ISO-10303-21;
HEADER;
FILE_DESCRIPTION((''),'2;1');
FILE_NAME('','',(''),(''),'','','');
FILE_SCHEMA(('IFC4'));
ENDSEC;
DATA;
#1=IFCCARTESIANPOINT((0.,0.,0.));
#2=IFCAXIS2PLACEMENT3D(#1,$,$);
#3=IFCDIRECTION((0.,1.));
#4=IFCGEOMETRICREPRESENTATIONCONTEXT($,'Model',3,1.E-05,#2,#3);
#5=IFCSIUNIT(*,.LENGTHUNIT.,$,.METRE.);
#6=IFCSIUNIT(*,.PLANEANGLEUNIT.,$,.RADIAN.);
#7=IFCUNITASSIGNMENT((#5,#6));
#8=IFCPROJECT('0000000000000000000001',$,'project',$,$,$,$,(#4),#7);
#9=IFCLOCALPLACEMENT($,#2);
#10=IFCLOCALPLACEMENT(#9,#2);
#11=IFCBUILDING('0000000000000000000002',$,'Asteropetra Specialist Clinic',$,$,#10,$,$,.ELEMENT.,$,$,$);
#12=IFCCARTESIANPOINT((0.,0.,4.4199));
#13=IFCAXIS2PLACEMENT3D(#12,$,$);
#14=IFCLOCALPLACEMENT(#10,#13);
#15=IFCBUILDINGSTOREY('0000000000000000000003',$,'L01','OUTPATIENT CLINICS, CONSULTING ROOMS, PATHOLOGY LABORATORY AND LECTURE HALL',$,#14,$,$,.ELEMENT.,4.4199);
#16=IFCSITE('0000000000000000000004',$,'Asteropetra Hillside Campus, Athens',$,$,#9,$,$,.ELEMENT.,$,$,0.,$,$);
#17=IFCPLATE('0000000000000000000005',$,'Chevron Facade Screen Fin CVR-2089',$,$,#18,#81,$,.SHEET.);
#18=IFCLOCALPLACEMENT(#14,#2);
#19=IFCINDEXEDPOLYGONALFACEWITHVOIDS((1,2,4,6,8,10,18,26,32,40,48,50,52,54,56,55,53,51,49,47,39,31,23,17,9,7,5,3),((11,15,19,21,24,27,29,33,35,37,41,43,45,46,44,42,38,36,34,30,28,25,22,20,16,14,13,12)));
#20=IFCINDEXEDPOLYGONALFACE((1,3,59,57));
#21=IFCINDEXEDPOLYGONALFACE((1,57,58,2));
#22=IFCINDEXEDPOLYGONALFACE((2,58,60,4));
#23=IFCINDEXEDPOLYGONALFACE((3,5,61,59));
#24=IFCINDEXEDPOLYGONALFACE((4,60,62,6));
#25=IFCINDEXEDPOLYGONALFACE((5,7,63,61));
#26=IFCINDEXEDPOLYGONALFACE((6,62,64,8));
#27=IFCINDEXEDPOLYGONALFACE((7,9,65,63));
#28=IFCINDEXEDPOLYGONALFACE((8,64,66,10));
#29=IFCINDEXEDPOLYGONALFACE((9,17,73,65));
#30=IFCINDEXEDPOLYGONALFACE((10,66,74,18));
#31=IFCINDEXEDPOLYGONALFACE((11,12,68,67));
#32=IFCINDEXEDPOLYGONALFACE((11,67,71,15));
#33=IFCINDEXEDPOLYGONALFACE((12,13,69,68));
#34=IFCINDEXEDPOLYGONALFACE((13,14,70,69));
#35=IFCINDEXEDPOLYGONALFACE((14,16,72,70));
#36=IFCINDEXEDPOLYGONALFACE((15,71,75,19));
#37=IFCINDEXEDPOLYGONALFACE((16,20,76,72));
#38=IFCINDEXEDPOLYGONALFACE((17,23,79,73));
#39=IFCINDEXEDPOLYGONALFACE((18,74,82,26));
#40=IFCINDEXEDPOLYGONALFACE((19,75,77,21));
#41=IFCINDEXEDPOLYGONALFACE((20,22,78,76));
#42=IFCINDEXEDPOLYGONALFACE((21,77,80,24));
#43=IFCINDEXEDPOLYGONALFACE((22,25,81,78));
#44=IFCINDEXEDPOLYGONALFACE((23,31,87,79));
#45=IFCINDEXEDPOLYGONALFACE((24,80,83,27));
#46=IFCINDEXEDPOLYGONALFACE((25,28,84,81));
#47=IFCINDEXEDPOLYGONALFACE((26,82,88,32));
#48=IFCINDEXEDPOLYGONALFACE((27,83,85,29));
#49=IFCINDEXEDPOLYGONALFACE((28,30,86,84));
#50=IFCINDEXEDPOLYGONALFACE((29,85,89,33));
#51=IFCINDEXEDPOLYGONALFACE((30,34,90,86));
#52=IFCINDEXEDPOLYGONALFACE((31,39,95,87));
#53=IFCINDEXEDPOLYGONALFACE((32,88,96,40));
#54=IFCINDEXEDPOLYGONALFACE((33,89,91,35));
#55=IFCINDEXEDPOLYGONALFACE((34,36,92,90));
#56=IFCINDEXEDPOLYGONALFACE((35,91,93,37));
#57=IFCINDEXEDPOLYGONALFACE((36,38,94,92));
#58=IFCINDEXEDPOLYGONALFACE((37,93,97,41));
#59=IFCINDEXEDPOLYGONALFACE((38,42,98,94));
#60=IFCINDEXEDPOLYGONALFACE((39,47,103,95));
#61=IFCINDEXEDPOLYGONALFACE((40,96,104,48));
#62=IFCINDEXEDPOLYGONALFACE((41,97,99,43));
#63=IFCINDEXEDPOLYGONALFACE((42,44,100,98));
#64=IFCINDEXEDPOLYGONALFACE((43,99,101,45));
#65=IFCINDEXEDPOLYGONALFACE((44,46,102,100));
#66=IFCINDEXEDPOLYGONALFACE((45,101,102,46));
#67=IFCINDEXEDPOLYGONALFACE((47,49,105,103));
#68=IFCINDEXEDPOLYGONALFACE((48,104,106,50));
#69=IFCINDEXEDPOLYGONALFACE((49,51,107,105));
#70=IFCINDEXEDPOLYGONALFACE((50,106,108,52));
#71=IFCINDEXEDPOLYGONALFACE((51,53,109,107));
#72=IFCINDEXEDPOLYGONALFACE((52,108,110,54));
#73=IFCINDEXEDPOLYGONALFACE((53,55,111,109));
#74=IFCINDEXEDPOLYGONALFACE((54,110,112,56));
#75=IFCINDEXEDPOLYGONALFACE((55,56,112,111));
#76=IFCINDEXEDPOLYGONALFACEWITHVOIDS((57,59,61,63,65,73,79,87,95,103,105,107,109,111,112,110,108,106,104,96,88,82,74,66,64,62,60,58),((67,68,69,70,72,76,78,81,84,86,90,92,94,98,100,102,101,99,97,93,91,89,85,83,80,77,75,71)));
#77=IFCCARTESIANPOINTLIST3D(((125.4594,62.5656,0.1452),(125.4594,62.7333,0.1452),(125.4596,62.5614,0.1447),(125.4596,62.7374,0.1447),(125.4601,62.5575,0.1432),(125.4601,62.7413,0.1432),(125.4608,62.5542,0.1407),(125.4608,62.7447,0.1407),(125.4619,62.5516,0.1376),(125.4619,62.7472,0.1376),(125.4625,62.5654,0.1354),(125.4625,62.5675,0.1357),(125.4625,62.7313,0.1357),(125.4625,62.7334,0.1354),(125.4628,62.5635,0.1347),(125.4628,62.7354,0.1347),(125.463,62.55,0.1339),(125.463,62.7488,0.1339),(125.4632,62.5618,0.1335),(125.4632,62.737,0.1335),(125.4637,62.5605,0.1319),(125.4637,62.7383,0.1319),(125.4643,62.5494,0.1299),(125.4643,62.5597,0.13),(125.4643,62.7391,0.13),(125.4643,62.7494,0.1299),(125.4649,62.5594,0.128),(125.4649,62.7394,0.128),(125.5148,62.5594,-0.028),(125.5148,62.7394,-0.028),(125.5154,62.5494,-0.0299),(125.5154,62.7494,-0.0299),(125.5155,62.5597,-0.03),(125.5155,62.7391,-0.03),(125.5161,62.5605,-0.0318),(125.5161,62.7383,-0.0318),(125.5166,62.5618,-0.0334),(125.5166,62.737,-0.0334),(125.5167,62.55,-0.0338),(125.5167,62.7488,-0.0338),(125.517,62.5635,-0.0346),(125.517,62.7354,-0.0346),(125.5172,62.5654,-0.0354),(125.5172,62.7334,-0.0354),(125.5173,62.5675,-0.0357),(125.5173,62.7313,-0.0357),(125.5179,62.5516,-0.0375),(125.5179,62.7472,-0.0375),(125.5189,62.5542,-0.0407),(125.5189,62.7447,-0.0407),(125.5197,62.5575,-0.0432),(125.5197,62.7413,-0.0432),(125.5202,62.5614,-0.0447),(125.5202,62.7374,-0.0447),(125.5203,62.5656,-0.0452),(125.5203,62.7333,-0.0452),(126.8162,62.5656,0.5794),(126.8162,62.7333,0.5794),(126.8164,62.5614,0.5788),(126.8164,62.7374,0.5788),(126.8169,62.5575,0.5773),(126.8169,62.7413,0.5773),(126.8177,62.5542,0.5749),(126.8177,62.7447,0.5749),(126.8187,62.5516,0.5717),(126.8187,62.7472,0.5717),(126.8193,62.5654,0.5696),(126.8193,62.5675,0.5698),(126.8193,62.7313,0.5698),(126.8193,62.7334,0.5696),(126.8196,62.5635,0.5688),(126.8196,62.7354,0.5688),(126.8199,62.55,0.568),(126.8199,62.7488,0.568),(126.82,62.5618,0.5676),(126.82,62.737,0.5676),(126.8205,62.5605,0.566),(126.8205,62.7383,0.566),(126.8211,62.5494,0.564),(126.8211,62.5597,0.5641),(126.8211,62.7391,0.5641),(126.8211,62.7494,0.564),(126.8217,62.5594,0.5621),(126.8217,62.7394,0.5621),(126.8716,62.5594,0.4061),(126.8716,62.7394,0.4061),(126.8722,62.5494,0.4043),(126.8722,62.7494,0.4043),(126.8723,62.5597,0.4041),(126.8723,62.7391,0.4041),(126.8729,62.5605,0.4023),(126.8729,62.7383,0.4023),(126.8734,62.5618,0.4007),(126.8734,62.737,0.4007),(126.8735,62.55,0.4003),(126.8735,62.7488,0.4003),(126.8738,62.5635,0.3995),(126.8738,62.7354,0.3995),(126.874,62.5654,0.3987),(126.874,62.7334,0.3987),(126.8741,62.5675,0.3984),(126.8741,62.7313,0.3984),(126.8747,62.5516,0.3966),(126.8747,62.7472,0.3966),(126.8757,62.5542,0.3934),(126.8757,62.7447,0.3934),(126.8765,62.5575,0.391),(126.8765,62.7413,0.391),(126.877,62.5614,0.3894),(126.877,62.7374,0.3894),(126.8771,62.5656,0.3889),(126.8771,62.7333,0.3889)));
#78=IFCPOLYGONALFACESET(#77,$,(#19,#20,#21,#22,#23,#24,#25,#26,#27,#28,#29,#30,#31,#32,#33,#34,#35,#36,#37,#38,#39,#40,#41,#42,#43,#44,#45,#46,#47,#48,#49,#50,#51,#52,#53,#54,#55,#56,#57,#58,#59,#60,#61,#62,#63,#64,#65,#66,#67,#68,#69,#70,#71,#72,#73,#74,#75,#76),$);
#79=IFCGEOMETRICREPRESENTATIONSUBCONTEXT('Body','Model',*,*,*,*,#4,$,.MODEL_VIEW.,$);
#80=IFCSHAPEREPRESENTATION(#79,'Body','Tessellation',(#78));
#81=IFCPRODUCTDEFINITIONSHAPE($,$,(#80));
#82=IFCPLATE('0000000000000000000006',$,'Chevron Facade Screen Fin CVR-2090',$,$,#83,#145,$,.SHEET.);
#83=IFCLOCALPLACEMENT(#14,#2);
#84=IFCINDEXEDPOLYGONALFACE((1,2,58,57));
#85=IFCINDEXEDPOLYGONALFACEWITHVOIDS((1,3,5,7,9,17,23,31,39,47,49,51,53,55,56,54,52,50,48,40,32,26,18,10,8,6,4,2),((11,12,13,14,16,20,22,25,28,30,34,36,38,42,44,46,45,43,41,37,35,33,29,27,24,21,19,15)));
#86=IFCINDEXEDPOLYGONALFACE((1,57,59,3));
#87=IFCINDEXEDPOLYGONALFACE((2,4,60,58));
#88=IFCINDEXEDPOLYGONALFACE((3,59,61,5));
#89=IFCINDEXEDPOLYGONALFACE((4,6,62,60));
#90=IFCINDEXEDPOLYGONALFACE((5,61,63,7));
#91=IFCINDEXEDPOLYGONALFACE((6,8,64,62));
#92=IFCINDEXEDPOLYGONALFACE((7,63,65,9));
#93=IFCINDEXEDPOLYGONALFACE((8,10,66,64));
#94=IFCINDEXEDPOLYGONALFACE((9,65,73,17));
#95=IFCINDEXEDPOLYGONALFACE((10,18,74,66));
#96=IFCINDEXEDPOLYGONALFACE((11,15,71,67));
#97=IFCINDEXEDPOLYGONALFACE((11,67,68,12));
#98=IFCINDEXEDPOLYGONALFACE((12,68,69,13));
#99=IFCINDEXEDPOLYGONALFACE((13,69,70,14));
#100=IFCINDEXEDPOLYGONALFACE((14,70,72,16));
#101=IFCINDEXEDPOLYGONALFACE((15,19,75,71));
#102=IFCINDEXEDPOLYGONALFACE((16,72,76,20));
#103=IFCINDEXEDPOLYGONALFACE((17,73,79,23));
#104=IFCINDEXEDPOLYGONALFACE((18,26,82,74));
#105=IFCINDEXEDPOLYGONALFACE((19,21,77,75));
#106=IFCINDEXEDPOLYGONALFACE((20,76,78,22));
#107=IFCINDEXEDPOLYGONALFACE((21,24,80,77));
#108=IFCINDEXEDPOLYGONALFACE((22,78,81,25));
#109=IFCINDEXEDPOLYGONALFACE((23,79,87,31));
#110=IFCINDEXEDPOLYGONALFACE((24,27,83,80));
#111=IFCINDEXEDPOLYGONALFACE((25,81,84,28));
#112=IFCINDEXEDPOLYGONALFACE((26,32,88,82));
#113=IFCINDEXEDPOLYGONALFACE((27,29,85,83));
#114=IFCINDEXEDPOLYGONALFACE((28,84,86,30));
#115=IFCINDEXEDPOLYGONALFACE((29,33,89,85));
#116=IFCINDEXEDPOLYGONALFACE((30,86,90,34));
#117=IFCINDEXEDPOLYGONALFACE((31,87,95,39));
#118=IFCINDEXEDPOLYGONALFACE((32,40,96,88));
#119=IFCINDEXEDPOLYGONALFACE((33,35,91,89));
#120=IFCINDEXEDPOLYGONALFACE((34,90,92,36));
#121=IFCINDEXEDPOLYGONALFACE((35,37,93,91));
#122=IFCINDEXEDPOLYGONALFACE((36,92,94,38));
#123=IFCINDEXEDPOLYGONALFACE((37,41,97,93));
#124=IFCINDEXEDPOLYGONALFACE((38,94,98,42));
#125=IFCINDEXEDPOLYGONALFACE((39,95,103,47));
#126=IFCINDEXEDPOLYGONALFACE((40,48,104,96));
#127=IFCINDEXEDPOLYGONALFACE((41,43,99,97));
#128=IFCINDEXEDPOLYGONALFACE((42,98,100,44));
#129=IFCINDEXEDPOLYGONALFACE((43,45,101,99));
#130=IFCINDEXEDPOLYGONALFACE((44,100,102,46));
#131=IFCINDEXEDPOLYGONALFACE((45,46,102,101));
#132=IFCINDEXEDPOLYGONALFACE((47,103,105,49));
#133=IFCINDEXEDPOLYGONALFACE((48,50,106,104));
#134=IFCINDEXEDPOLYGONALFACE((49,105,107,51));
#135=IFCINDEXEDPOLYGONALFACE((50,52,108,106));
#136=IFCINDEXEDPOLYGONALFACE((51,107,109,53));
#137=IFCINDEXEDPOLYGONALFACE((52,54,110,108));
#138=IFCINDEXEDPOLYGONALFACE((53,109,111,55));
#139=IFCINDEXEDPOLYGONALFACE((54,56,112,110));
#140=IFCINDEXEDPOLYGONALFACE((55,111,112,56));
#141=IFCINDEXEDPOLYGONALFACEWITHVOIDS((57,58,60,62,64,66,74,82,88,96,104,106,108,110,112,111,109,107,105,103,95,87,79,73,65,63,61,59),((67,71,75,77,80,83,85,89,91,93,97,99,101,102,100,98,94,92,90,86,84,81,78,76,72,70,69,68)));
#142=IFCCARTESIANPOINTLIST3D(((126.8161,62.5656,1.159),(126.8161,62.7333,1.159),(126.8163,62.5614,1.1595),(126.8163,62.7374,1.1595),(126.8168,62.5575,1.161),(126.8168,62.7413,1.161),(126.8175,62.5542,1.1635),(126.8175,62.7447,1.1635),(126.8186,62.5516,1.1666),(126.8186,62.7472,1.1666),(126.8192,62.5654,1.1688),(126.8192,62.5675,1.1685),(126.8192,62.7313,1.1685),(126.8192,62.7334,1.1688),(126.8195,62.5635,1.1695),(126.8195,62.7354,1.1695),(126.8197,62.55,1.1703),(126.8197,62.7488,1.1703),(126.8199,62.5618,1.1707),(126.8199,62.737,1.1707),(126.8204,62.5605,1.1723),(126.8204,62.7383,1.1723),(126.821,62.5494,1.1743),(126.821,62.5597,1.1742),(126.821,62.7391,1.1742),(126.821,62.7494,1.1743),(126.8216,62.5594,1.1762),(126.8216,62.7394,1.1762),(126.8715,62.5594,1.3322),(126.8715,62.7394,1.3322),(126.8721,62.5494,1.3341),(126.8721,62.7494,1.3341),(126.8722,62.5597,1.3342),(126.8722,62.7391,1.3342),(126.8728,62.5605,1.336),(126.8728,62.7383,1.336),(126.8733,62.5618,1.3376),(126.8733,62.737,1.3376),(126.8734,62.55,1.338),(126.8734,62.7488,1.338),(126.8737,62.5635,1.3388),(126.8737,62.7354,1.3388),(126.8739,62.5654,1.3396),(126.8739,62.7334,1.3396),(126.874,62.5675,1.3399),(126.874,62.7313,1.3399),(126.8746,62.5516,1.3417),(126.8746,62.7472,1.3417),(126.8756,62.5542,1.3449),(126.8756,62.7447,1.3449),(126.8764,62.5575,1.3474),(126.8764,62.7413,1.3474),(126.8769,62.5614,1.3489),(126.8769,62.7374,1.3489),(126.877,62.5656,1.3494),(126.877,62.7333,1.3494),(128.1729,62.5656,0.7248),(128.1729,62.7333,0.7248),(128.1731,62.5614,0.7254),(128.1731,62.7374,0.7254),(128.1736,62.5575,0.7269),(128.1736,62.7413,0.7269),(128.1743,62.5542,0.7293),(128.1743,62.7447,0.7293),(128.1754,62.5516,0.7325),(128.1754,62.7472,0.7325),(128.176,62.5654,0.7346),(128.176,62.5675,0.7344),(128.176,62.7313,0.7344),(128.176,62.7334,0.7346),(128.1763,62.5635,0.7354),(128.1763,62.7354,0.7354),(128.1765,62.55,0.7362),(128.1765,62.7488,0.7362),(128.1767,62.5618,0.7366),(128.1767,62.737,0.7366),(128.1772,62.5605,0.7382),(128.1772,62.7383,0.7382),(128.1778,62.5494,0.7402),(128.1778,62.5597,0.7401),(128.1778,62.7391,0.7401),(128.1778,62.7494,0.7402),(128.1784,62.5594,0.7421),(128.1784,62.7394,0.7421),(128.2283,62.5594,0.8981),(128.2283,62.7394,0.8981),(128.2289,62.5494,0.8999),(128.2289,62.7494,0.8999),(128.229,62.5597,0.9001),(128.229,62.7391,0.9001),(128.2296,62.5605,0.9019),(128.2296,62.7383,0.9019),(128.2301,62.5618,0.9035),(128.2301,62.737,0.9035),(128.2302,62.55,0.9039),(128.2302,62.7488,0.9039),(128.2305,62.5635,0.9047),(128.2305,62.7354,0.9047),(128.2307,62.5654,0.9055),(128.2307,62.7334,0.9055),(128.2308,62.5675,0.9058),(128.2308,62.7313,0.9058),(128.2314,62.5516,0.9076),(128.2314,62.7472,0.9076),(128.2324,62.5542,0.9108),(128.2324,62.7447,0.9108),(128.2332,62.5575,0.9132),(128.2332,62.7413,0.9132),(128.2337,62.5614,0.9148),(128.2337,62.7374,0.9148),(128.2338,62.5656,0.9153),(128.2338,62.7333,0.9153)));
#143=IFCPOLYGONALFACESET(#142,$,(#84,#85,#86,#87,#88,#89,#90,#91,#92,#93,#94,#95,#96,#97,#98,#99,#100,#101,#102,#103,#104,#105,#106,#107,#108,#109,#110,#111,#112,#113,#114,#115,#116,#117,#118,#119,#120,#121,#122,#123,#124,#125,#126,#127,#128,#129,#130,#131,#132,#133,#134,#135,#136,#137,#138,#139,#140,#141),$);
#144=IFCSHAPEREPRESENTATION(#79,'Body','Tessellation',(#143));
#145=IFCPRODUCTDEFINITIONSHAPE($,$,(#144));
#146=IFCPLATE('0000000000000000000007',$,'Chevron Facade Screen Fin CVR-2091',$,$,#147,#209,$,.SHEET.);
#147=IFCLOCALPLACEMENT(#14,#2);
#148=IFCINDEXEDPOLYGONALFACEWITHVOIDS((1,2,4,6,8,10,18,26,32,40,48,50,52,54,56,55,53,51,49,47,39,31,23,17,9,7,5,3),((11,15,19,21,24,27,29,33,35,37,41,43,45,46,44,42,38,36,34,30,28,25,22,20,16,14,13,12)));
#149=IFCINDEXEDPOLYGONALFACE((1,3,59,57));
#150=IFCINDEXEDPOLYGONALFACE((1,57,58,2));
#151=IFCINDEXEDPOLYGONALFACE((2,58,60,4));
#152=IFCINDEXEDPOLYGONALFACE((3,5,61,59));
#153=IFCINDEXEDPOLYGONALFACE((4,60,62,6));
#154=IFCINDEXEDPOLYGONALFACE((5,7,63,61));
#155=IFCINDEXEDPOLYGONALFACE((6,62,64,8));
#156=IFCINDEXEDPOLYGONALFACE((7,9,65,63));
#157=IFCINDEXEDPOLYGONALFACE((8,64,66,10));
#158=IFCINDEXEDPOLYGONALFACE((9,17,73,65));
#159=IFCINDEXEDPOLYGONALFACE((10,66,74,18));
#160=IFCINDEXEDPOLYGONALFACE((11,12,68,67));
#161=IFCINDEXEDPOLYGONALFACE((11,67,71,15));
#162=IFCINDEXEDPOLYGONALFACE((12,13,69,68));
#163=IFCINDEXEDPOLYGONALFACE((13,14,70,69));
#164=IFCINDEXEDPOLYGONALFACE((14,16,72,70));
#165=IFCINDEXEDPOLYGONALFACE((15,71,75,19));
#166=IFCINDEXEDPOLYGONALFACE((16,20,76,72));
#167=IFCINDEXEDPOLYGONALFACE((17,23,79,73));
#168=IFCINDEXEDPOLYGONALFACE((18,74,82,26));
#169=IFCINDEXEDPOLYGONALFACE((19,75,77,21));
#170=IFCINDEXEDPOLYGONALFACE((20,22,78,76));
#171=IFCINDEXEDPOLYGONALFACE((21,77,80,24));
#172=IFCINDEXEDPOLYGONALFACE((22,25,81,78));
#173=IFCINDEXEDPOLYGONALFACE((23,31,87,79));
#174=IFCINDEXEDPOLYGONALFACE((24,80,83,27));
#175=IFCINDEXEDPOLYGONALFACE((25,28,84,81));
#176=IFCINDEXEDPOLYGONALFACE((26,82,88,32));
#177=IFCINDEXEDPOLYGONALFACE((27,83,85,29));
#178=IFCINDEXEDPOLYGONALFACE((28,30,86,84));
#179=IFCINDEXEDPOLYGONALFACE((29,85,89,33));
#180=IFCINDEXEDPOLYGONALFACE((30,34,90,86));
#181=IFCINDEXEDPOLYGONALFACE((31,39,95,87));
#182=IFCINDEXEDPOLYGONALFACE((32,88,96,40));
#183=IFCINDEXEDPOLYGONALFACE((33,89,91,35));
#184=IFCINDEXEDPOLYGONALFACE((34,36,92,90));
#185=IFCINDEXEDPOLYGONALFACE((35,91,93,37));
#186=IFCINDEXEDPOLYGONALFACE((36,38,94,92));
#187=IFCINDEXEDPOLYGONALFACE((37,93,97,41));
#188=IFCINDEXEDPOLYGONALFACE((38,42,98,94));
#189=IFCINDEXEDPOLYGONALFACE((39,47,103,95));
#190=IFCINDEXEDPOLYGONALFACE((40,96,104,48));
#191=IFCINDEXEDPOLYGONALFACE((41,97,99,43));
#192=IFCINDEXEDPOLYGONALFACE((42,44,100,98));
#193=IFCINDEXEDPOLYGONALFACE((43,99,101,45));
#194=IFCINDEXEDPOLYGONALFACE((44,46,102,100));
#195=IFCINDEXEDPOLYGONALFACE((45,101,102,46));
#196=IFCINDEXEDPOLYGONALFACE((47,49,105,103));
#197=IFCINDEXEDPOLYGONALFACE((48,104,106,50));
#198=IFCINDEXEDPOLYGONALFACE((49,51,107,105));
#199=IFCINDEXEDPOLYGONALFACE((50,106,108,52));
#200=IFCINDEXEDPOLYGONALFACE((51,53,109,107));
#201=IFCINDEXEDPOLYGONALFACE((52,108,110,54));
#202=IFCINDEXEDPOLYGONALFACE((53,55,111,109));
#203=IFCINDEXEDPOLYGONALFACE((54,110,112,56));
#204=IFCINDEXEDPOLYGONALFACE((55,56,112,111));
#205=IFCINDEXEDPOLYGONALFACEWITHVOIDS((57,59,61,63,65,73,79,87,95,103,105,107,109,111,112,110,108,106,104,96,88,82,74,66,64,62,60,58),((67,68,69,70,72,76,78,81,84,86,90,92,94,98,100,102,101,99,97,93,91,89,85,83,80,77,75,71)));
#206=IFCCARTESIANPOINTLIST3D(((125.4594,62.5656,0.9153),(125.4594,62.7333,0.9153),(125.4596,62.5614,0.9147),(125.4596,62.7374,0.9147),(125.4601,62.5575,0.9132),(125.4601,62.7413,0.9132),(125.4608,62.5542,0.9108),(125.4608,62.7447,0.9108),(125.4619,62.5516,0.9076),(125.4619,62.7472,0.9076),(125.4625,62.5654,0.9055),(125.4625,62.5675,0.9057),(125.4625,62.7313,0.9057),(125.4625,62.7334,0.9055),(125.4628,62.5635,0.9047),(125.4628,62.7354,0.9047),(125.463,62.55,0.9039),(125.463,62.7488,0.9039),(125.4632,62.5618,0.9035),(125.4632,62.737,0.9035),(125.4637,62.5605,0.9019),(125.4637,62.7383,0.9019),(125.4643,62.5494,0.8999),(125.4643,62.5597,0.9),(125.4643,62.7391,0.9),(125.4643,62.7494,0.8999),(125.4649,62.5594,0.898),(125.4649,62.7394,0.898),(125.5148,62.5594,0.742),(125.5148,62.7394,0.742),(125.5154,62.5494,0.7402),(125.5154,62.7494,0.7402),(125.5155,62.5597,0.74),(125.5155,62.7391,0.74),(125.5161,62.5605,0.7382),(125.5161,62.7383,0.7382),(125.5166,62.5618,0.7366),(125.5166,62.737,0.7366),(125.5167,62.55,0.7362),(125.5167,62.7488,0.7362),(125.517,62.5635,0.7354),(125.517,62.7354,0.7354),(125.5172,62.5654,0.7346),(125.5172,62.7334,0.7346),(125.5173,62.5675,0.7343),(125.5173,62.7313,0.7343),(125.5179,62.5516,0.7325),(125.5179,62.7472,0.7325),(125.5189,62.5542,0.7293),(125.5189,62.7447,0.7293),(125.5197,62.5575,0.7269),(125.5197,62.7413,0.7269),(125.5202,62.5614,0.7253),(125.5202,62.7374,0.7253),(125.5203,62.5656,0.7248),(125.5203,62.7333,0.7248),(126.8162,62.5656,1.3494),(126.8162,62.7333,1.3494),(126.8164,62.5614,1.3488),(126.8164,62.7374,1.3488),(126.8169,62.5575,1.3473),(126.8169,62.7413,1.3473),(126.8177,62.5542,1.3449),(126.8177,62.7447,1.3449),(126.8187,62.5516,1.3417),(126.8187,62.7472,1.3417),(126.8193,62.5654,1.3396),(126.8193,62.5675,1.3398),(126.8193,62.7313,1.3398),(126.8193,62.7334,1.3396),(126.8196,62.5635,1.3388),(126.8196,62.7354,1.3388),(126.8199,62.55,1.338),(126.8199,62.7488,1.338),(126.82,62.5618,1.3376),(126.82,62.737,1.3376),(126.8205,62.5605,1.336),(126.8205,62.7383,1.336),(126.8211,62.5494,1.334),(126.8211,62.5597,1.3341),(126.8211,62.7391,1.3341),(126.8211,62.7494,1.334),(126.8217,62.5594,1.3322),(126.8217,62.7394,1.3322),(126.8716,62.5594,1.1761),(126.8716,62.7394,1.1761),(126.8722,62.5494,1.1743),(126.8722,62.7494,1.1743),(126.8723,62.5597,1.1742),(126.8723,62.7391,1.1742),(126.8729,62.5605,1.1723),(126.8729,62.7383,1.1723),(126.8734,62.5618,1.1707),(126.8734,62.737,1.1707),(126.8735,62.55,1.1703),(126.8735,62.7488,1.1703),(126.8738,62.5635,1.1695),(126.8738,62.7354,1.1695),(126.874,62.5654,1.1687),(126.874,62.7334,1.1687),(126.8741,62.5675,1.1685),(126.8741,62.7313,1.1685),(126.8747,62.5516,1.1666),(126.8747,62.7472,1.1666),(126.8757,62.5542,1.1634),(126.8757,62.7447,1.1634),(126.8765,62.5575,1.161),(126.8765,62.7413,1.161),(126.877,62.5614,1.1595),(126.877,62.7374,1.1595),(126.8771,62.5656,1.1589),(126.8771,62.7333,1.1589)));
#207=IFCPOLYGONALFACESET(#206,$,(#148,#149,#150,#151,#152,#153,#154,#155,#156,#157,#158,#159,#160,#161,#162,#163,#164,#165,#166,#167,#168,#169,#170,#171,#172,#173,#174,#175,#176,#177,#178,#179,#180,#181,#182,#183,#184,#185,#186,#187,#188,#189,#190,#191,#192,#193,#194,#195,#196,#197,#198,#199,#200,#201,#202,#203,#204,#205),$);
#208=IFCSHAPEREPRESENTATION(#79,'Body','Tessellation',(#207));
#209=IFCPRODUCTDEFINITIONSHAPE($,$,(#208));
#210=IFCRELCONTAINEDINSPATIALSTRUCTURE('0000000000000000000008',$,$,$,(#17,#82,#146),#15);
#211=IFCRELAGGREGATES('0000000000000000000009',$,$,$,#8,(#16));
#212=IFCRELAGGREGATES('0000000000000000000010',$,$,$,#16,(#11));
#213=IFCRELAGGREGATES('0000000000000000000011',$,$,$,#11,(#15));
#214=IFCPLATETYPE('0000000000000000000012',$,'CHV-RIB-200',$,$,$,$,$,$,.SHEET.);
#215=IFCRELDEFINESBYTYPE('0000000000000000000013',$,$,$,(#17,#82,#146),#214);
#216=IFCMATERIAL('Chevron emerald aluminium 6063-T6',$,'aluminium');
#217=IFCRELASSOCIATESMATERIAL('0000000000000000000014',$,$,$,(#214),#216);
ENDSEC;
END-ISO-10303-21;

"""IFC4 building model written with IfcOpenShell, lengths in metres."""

from ifc_helpers import new_model, si_unit, direction, frame, origin, origin_2d, place, context, subcontext, project, spatial, hollow_rectangle, extrude, material, material_profile, profile_set, type_object, element, save


model = new_model("IFC4")

# Units and contexts
model_context = context("Model", 3, precision=1e-05, world=origin(), true_north=direction((0.0, 1.0)))
body_context = subcontext(model_context, "Body", "Model", "MODEL_VIEW")
ifc_project = project(units=[si_unit("LENGTHUNIT", "METRE"), si_unit("PLANEANGLEUNIT", "RADIAN")], contexts=[model_context])

# Site, building, storey
site_placement = place(None, origin())
site = spatial("IfcSite", under=ifc_project, at=site_placement, Name="Asteropetra Hillside Campus, Athens", CompositionType="ELEMENT", RefElevation=0.0)
building_placement = place(site_placement, origin())
building = spatial("IfcBuilding", under=site, at=building_placement, Name="Asteropetra Specialist Clinic", CompositionType="ELEMENT")
storey_placement = place(building_placement, frame((0.0, 0.0, 4.4199)))
storey = spatial("IfcBuildingStorey", under=building, at=storey_placement, Name="L01", Description="OUTPATIENT CLINICS, CONSULTING ROOMS, PATHOLOGY LABORATORY AND LECTURE HALL", CompositionType="ELEMENT", Elevation=4.4199)

# Plates
ifc_material_1 = material(Name="Chevron emerald aluminium 6063-T6", Category="aluminium")
ifc_material_profile_1 = material_profile(ifc_material_1, hollow_rectangle(XDim=0.2, YDim=0.2, WallThickness=0.01, InnerFilletRadius=0.0081, OuterFilletRadius=0.0161, at=origin_2d()), Name="SHS 200x200x10.0")
ifc_profile_set_1 = profile_set([ifc_material_profile_1], Name="Chevron emerald aluminium 6063-T6")
plate_type_1 = type_object("IfcPlateType", Name="CHV-RIB-200", PredefinedType="SHEET", material=ifc_profile_set_1)
for number, where, z_axis, x_axis, name in (
    (1, (126.8467, 62.6494, 0.4841), (-0.952436, 0.0, -0.304738), (0.0, -1.0, 0.0), "Chevron Facade Screen Fin CVR-2089"),
    (2, (128.2034, 62.6494, 0.8201), (-0.952436, 0.0, 0.304738), (0.0, -1.0, 0.0), "Chevron Facade Screen Fin CVR-2090"),
    (3, (126.8467, 62.6494, 1.2542), (-0.952436, 0.0, -0.304738), (0.0, -1.0, 0.0), "Chevron Facade Screen Fin CVR-2091"),
):
    element("IfcPlate", number, at=place(storey_placement, frame(where, z_axis=z_axis, x_axis=x_axis)), inside=storey, type_object=plate_type_1, Name=name, PredefinedType="SHEET", context=body_context, shape_type="SweptSolid", body=[
        extrude(hollow_rectangle(XDim=0.2, YDim=0.2, WallThickness=0.01, InnerFilletRadius=0.0081, OuterFilletRadius=0.0161, at=origin_2d()), origin(), (0.0, 0.0, 1.0), 1.4246),
    ])

save(model, "model.ifc")
